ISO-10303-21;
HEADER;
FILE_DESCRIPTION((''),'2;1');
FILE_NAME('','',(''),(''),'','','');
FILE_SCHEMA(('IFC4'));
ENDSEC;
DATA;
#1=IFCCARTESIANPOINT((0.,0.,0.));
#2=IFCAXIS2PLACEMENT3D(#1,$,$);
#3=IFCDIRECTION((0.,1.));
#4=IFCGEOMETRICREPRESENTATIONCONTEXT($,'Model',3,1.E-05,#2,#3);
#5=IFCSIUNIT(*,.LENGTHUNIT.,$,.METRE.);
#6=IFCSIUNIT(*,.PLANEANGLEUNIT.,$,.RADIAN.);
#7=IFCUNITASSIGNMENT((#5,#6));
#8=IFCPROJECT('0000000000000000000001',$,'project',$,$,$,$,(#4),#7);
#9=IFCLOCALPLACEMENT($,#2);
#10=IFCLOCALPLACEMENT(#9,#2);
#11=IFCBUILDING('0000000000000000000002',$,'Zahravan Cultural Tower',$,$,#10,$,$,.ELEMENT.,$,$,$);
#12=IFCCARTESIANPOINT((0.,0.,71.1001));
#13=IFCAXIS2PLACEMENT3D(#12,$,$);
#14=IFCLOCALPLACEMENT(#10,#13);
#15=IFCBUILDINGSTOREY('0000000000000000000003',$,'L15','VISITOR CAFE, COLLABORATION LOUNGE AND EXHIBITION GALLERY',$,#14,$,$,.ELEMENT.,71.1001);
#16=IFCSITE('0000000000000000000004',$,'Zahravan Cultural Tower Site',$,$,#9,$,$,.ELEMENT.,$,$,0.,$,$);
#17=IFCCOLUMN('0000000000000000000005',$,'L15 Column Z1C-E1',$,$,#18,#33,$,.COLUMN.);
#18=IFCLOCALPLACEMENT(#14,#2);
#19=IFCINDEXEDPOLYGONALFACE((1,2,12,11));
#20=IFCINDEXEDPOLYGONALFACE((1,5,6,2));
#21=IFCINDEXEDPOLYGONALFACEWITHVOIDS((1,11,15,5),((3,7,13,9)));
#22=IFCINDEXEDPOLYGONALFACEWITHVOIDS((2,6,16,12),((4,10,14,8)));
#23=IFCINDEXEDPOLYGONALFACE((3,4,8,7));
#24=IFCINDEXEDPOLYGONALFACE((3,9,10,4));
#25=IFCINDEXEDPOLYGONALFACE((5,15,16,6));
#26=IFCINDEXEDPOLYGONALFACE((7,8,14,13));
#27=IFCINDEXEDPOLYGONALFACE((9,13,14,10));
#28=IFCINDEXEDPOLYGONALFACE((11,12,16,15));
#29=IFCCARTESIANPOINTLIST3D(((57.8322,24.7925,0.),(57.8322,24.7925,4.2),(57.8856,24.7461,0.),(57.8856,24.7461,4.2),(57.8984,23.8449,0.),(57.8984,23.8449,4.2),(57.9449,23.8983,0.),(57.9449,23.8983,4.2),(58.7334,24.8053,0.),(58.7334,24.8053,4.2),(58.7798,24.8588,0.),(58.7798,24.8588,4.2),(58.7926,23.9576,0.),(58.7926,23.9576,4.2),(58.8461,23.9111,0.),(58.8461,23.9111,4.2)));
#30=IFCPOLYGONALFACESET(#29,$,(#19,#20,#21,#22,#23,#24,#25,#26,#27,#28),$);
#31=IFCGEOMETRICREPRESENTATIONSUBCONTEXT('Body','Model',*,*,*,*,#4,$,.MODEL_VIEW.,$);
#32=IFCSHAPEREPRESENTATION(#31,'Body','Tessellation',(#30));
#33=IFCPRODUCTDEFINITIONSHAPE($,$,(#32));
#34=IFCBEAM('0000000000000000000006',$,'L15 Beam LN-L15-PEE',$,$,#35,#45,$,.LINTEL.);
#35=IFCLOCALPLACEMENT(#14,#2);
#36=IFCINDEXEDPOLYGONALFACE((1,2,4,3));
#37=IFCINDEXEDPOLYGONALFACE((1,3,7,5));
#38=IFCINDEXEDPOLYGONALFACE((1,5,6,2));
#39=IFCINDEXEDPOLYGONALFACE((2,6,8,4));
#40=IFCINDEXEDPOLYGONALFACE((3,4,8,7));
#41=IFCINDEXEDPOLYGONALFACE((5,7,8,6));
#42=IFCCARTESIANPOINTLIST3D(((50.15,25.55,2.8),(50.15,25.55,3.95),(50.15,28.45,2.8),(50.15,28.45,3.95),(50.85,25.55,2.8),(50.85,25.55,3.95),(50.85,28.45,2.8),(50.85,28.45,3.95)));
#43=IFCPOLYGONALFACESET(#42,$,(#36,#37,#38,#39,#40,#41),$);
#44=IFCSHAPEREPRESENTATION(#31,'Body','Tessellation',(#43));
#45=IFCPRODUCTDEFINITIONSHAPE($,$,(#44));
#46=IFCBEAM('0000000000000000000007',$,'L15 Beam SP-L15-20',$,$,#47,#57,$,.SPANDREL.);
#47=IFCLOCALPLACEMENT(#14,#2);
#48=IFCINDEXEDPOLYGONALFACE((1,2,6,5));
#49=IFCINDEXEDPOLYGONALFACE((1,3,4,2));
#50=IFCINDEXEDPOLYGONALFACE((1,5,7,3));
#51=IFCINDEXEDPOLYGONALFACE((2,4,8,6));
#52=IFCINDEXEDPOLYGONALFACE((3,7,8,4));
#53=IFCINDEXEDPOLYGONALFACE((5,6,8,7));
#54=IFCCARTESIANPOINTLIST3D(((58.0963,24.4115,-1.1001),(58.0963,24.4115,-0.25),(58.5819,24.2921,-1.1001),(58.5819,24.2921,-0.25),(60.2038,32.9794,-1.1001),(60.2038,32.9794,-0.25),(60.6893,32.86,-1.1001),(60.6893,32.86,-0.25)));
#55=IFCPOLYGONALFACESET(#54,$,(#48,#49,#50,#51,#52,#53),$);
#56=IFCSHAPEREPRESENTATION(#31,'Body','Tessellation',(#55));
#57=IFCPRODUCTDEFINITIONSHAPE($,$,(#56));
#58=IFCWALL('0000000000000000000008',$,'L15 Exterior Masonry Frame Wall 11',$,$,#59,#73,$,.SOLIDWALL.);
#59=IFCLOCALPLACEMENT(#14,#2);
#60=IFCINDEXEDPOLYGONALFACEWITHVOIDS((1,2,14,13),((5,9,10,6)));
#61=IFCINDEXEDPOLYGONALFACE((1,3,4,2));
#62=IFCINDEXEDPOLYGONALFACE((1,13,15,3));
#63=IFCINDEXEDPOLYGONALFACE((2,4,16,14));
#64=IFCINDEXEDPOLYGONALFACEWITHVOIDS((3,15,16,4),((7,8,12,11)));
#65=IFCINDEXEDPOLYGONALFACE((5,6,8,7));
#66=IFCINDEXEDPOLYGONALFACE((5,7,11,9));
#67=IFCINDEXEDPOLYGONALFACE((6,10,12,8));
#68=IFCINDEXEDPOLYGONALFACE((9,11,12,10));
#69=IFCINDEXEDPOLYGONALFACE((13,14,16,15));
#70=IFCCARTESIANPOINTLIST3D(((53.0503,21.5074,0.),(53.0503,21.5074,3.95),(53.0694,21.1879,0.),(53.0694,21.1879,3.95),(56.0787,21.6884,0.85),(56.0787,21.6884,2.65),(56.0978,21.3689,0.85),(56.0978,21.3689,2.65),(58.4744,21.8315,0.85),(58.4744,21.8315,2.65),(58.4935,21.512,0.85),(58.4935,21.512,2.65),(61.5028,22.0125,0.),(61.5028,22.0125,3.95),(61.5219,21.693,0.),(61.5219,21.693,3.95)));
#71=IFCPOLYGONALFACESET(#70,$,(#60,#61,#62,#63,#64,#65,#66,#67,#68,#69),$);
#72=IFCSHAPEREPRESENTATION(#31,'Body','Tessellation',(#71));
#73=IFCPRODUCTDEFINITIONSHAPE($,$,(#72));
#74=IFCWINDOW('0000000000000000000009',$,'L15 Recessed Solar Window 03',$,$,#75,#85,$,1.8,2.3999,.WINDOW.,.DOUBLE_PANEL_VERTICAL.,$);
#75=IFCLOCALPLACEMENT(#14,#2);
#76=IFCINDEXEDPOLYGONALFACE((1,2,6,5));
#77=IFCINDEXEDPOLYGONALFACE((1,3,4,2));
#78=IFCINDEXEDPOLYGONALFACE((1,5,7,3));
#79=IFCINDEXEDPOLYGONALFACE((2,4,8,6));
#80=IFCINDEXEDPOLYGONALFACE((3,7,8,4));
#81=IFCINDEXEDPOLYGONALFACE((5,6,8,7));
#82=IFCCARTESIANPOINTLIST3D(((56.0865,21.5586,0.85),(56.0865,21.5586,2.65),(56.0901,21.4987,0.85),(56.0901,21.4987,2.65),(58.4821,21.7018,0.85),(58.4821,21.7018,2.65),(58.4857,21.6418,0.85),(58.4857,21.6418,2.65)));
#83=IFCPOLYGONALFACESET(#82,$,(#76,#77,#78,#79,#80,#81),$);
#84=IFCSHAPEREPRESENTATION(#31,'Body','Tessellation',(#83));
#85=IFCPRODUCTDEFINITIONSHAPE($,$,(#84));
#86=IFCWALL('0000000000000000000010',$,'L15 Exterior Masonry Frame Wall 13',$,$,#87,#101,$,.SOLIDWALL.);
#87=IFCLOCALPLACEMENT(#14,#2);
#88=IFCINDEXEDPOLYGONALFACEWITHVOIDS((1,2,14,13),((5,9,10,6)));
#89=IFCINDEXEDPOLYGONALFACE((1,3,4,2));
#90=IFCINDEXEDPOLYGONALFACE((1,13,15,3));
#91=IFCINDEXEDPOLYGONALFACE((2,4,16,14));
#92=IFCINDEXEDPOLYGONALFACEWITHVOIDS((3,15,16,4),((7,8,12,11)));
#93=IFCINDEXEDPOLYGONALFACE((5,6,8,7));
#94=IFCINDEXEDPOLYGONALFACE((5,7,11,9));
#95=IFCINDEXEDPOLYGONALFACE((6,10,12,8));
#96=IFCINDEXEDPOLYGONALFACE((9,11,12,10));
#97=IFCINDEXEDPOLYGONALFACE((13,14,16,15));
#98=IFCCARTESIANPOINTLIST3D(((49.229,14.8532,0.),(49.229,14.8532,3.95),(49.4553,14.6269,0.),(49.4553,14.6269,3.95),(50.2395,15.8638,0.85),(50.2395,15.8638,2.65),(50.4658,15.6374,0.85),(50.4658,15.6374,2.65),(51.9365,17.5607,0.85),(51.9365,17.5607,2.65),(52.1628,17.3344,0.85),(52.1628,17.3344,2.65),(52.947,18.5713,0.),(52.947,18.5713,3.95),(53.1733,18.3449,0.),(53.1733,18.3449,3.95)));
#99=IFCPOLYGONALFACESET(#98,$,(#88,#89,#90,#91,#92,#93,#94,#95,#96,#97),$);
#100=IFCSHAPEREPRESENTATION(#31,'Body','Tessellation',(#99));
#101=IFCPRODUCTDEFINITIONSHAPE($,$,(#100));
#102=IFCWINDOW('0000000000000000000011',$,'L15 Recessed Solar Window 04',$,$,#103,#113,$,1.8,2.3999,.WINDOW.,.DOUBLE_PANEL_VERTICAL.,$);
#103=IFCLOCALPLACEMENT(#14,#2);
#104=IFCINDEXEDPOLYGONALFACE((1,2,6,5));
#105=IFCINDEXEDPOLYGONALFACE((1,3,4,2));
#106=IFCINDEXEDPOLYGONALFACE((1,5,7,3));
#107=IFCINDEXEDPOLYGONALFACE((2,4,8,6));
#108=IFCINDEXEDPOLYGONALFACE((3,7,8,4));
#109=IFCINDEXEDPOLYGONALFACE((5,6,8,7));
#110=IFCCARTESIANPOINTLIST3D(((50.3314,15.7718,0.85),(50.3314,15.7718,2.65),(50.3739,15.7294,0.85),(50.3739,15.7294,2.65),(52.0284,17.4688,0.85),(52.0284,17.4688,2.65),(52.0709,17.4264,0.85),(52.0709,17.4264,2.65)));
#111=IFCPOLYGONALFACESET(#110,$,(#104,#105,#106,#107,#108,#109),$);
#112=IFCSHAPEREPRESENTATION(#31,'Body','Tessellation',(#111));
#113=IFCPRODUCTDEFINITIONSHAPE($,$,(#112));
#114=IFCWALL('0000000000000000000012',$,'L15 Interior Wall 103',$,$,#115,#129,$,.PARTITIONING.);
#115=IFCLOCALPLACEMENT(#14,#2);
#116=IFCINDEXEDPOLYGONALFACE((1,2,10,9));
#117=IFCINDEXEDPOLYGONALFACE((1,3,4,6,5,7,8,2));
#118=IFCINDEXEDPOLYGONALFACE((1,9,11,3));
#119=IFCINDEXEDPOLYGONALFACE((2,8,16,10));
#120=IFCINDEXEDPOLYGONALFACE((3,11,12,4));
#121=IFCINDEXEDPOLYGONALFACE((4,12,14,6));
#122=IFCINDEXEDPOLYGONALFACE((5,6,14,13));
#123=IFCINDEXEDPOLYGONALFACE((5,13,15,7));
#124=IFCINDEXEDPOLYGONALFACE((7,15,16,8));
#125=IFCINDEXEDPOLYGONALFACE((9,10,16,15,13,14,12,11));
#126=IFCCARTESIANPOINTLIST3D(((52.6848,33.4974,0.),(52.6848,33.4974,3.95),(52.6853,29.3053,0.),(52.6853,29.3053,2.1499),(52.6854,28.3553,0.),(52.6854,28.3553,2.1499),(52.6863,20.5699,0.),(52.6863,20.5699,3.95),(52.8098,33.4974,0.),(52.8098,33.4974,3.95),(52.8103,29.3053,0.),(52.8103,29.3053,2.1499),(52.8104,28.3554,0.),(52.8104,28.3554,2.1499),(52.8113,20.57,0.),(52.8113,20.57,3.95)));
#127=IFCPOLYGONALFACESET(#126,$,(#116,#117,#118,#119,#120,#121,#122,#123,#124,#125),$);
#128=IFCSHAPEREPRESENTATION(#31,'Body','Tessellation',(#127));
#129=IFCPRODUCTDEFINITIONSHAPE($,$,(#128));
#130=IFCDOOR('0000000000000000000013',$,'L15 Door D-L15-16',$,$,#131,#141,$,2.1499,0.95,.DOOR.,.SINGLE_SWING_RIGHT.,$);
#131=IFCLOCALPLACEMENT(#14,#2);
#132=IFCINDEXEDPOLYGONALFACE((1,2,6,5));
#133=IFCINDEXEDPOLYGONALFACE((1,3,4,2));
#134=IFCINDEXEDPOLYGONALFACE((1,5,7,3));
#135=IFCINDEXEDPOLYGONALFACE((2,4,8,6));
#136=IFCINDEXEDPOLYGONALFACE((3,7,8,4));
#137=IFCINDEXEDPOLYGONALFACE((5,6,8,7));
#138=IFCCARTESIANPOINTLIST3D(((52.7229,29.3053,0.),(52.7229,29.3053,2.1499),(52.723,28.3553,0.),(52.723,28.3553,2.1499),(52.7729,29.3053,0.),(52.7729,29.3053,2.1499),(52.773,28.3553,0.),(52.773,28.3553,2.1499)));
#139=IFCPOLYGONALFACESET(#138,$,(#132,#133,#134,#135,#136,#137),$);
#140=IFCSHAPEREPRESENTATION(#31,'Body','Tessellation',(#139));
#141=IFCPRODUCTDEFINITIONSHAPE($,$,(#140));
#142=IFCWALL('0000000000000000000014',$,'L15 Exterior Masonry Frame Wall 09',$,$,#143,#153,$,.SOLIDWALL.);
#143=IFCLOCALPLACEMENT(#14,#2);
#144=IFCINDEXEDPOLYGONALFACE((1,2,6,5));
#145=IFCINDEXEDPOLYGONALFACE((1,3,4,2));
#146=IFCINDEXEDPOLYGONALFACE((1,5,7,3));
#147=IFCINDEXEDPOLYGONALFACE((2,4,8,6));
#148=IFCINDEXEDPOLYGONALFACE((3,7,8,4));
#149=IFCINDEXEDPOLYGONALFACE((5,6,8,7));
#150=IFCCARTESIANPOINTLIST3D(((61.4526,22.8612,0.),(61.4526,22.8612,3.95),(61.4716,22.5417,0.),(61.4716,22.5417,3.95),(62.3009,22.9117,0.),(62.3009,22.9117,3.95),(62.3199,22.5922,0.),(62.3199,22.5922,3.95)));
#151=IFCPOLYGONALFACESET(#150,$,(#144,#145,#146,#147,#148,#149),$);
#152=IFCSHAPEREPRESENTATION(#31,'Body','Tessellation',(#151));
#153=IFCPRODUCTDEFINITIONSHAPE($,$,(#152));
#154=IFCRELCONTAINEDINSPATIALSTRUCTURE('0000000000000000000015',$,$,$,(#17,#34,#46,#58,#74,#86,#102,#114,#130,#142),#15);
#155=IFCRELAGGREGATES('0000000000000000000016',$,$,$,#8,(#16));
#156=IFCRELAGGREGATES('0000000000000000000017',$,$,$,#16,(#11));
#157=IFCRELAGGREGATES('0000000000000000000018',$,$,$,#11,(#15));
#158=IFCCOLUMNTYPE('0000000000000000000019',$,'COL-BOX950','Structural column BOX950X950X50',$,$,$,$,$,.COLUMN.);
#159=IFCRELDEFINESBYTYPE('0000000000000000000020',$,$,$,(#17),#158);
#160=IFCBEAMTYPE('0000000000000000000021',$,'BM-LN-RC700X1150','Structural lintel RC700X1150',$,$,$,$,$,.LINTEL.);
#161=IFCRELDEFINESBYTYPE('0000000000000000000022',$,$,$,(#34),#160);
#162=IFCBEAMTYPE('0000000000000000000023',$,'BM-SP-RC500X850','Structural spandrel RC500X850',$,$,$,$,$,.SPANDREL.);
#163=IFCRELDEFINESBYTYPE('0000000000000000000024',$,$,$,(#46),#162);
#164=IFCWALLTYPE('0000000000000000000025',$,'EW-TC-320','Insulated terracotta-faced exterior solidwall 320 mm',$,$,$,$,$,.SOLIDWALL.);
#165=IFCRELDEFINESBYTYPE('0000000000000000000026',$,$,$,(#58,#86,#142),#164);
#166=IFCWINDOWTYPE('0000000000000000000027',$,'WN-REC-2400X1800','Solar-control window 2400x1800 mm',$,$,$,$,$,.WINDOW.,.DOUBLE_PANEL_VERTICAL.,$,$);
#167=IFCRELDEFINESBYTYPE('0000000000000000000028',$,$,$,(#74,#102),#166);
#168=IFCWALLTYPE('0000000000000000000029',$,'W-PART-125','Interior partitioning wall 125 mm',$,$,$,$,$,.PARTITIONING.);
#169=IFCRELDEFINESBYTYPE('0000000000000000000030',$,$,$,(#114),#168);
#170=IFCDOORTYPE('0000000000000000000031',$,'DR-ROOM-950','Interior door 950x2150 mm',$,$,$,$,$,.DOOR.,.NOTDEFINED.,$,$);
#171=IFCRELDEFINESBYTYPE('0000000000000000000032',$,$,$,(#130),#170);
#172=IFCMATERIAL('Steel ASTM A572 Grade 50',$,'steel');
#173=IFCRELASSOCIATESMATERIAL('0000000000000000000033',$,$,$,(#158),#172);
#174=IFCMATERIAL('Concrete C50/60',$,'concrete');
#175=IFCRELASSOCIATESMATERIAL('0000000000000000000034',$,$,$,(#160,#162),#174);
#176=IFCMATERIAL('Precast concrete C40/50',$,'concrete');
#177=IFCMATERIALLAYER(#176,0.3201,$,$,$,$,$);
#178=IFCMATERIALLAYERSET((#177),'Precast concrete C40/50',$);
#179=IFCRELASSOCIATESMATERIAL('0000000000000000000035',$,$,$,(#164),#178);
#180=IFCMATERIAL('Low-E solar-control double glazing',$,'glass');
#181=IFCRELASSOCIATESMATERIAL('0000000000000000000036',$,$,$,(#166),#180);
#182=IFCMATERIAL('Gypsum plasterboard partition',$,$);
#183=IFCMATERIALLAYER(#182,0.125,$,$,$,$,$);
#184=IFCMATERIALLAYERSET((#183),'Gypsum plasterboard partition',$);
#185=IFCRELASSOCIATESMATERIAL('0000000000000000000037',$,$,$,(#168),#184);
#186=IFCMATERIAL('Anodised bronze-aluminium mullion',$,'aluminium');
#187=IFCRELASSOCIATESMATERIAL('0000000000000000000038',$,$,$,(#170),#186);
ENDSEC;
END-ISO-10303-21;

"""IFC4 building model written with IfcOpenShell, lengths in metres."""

from ifc_helpers import new_model, si_unit, direction, frame, frame_2d, origin, origin_2d, place, context, subcontext, project, spatial, rectangle, hollow_rectangle, extrude, source, transform, mapped, material, layer, layer_set, material_profile, profile_set, type_object, element, fill, save


model = new_model("IFC4")

# Units and contexts
model_context = context("Model", 3, precision=1e-05, world=origin(), true_north=direction((0.0, 1.0)))
body_context = subcontext(model_context, "Body", "Model", "MODEL_VIEW")
ifc_project = project(units=[si_unit("LENGTHUNIT", "METRE"), si_unit("PLANEANGLEUNIT", "RADIAN")], contexts=[model_context])

# Site, building, storey
site_placement = place(None, origin())
site = spatial("IfcSite", under=ifc_project, at=site_placement, Name="Zahravan Cultural Tower Site", CompositionType="ELEMENT", RefElevation=0.0)
building_placement = place(site_placement, origin())
building = spatial("IfcBuilding", under=site, at=building_placement, Name="Zahravan Cultural Tower", CompositionType="ELEMENT")
storey_placement = place(building_placement, frame((0.0, 0.0, 71.1001)))
storey = spatial("IfcBuildingStorey", under=building, at=storey_placement, Name="L15", Description="VISITOR CAFE, COLLABORATION LOUNGE AND EXHIBITION GALLERY", CompositionType="ELEMENT", Elevation=71.1001)

# Column
ifc_material_1 = material(Name="Steel ASTM A572 Grade 50", Category="steel")
ifc_material_profile_1 = material_profile(ifc_material_1, hollow_rectangle(XDim=0.95, YDim=0.95, WallThickness=0.05, at=origin_2d()), Name="BOX950X950X50")
ifc_profile_set_1 = profile_set([ifc_material_profile_1], Name="Steel ASTM A572 Grade 50")
column_type = type_object("IfcColumnType", Name="COL-BOX950", Description="Structural column BOX950X950X50", PredefinedType="COLUMN", material=ifc_profile_set_1)
shared_shape_1 = source(origin(), body_context, "Body", "SweptSolid", [
    extrude(hollow_rectangle(XDim=0.95, YDim=0.95, WallThickness=0.05, at=origin_2d()), origin(), (0.0, 0.0, 1.0), 4.2),
])
column_placement = place(storey_placement, frame((58.3391, 24.3518, 0.0), z_axis=(0.0, 0.0, 1.0), x_axis=(0.997564, 0.069756, 0.0)))
element("IfcColumn", 1, at=column_placement, inside=storey, type_object=column_type, Name="L15 Column Z1C-E1", PredefinedType="COLUMN", context=body_context, shape_type="MappedRepresentation", body=[
    mapped(shared_shape_1, transform((0.0, 0.0, 0.0), x_axis=(1.0, 0.0, 0.0), y_axis=(0.0, 1.0, 0.0), z_axis=(0.0, 0.0, 1.0), scale=1.0)),
])

# Beams
ifc_material_2 = material(Name="Concrete C50/60", Category="concrete")
ifc_material_profile_2 = material_profile(ifc_material_2, rectangle(XDim=0.7, YDim=1.1499, at=origin_2d()), Name="RC700X1150")
ifc_profile_set_2 = profile_set([ifc_material_profile_2], Name="Concrete C50/60")
beam_type_1 = type_object("IfcBeamType", Name="BM-LN-RC700X1150", Description="Structural lintel RC700X1150", PredefinedType="LINTEL", material=ifc_profile_set_2)
shared_shape_2 = source(origin(), body_context, "Body", "SweptSolid", [
    extrude(rectangle(XDim=0.7, YDim=1.1499, at=origin_2d()), origin(), (0.0, 0.0, 1.0), 2.8999),
])
beam_1_placement = place(storey_placement, frame((50.5, 25.55, 3.375), z_axis=(0.0, 1.0, 0.0), x_axis=(-1.0, 0.0, 0.0)))
element("IfcBeam", 2, at=beam_1_placement, inside=storey, type_object=beam_type_1, Name="L15 Beam LN-L15-PEE", PredefinedType="LINTEL", context=body_context, shape_type="MappedRepresentation", body=[
    mapped(shared_shape_2, transform((0.0, 0.0, 0.0), x_axis=(1.0, 0.0, 0.0), y_axis=(0.0, 1.0, 0.0), z_axis=(0.0, 0.0, 1.0), scale=1.0)),
])
ifc_material_profile_3 = material_profile(ifc_material_2, rectangle(XDim=0.5, YDim=0.8501, at=origin_2d()), Name="RC500X850")
ifc_profile_set_3 = profile_set([ifc_material_profile_3], Name="Concrete C50/60")
beam_type_2 = type_object("IfcBeamType", Name="BM-SP-RC500X850", Description="Structural spandrel RC500X850", PredefinedType="SPANDREL", material=ifc_profile_set_3)
shared_shape_3 = source(origin(), body_context, "Body", "SweptSolid", [
    extrude(rectangle(XDim=0.5, YDim=0.8501, at=origin_2d()), origin(), (0.0, 0.0, 1.0), 8.8232),
])
beam_2_placement = place(storey_placement, frame((58.3391, 24.3518, -0.675), z_axis=(0.238849, 0.971057, 0.0), x_axis=(-0.971057, 0.238849, 0.0)))
element("IfcBeam", 3, at=beam_2_placement, inside=storey, type_object=beam_type_2, Name="L15 Beam SP-L15-20", PredefinedType="SPANDREL", context=body_context, shape_type="MappedRepresentation", body=[
    mapped(shared_shape_3, transform((0.0, 0.0, 0.0), x_axis=(1.0, 0.0, 0.0), y_axis=(0.0, 1.0, 0.0), z_axis=(0.0, 0.0, 1.0), scale=1.0)),
])

# Walls, openings, windows
ifc_material_3 = material(Name="Precast concrete C40/50", Category="concrete")
ifc_layer_1 = layer(ifc_material_3, 0.3201)
ifc_layer_set_1 = layer_set([ifc_layer_1], Name="Precast concrete C40/50")
wall_type_1 = type_object("IfcWallType", Name="EW-TC-320", Description="Insulated terracotta-faced exterior solidwall 320 mm", PredefinedType="SOLIDWALL", material=ifc_layer_set_1)
wall_1_placement = place(storey_placement, frame((61.5125, 21.8528, 0.0), z_axis=(0.0, 0.0, 1.0), x_axis=(-0.998219, -0.059655, 0.0)))
wall_1 = element("IfcWall", 4, at=wall_1_placement, inside=storey, type_object=wall_type_1, Name="L15 Exterior Masonry Frame Wall 11", PredefinedType="SOLIDWALL", context=body_context, shape_type="SweptSolid", body=[
    extrude(rectangle(XDim=8.4675, YDim=0.3201, at=frame_2d((4.2339, 0.0))), origin(), (0.0, 0.0, 1.0), 3.95),
])
opening_1_placement = place(wall_1_placement, frame((3.0339, 0.0, 0.8501)))
opening_1 = element("IfcOpeningElement", 5, at=opening_1_placement, cuts=wall_1, PredefinedType="OPENING", context=body_context, shape_type="SweptSolid", body=[
    extrude(rectangle(XDim=2.3999, YDim=1.8, at=frame_2d((1.2, 0.8999))), frame((0.0, 0.1699, 0.0), z_axis=(0.0, -1.0, 0.0), x_axis=(1.0, 0.0, 0.0)), (0.0, 0.0, 1.0), 0.3401),
])
ifc_material_4 = material(Name="Low-E solar-control double glazing", Category="glass")
window_type = type_object("IfcWindowType", Name="WN-REC-2400X1800", Description="Solar-control window 2400x1800 mm", PartitioningType="DOUBLE_PANEL_VERTICAL", PredefinedType="WINDOW", material=ifc_material_4)
shared_shape_4 = source(origin(), body_context, "Body", "SweptSolid", [
    extrude(rectangle(XDim=2.3999, YDim=1.8, at=frame_2d((1.2, 0.8999))), frame((0.0, 0.03, 0.0), z_axis=(0.0, -1.0, 0.0), x_axis=(1.0, 0.0, 0.0)), (0.0, 0.0, 1.0), 0.0601),
])
window_1_placement = place(opening_1_placement, origin())
window_1 = element("IfcWindow", 6, at=window_1_placement, inside=storey, type_object=window_type, Name="L15 Recessed Solar Window 03", OverallHeight=1.8, OverallWidth=2.3999, PartitioningType="DOUBLE_PANEL_VERTICAL", PredefinedType="WINDOW", context=body_context, shape_type="MappedRepresentation", body=[
    mapped(shared_shape_4, transform((0.0, 0.0, 0.0), x_axis=(1.0, 0.0, 0.0), y_axis=(0.0, 1.0, 0.0), z_axis=(0.0, 0.0, 1.0), scale=1.0)),
])
fill(opening_1, window_1)
wall_2_placement = place(storey_placement, frame((53.0601, 18.458, 0.0), z_axis=(0.0, 0.0, 1.0), x_axis=(-0.707107, -0.707107, 0.0)))
wall_2 = element("IfcWall", 7, at=wall_2_placement, inside=storey, type_object=wall_type_1, Name="L15 Exterior Masonry Frame Wall 13", PredefinedType="SOLIDWALL", context=body_context, shape_type="SweptSolid", body=[
    extrude(rectangle(XDim=5.2581, YDim=0.3201, at=frame_2d((2.6289, 0.0))), origin(), (0.0, 0.0, 1.0), 3.95),
])
opening_2_placement = place(wall_2_placement, frame((1.429, 0.0, 0.8501)))
opening_2 = element("IfcOpeningElement", 8, at=opening_2_placement, cuts=wall_2, PredefinedType="OPENING", context=body_context, shape_type="SweptSolid", body=[
    extrude(rectangle(XDim=2.3999, YDim=1.8, at=frame_2d((1.2, 0.8999))), frame((0.0, 0.1699, 0.0), z_axis=(0.0, -1.0, 0.0), x_axis=(1.0, 0.0, 0.0)), (0.0, 0.0, 1.0), 0.3401),
])
window_2_placement = place(opening_2_placement, origin())
window_2 = element("IfcWindow", 9, at=window_2_placement, inside=storey, type_object=window_type, Name="L15 Recessed Solar Window 04", OverallHeight=1.8, OverallWidth=2.3999, PartitioningType="DOUBLE_PANEL_VERTICAL", PredefinedType="WINDOW", context=body_context, shape_type="MappedRepresentation", body=[
    mapped(shared_shape_4, transform((0.0, 0.0, 0.0), x_axis=(1.0, 0.0, 0.0), y_axis=(0.0, 1.0, 0.0), z_axis=(0.0, 0.0, 1.0), scale=1.0)),
])
fill(opening_2, window_2)

# Wall, opening, door
ifc_material_5 = material(Name="Gypsum plasterboard partition")
ifc_layer_2 = layer(ifc_material_5, 0.125)
ifc_layer_set_2 = layer_set([ifc_layer_2], Name="Gypsum plasterboard partition")
wall_type_2 = type_object("IfcWallType", Name="W-PART-125", Description="Interior partitioning wall 125 mm", PredefinedType="PARTITIONING", material=ifc_layer_set_2)
wall_3_placement = place(storey_placement, frame((52.7488, 20.5698, 0.0), z_axis=(0.0, 0.0, 1.0), x_axis=(-0.000113, 1.0, 0.0)))
wall_3 = element("IfcWall", 10, at=wall_3_placement, inside=storey, type_object=wall_type_2, Name="L15 Interior Wall 103", PredefinedType="PARTITIONING", context=body_context, shape_type="SweptSolid", body=[
    extrude(rectangle(XDim=12.9275, YDim=0.125, at=frame_2d((6.4639, 0.0))), origin(), (0.0, 0.0, 1.0), 3.95),
])
opening_3_placement = place(wall_3_placement, frame((7.7854, 0.0, 0.0)))
opening_3 = element("IfcOpeningElement", 11, at=opening_3_placement, cuts=wall_3, PredefinedType="OPENING", context=body_context, shape_type="SweptSolid", body=[
    extrude(rectangle(XDim=0.95, YDim=2.1499, at=frame_2d((0.4751, 1.075))), frame((0.0, 0.0725, 0.0), z_axis=(0.0, -1.0, 0.0), x_axis=(1.0, 0.0, 0.0)), (0.0, 0.0, 1.0), 0.145),
])
ifc_material_6 = material(Name="Anodised bronze-aluminium mullion", Category="aluminium")
door_type = type_object("IfcDoorType", Name="DR-ROOM-950", Description="Interior door 950x2150 mm", OperationType="NOTDEFINED", PredefinedType="DOOR", material=ifc_material_6)
shared_shape_5 = source(origin(), body_context, "Body", "SweptSolid", [
    extrude(rectangle(XDim=0.95, YDim=2.1499, at=frame_2d((0.4751, 1.075))), frame((0.0, 0.0249, 0.0), z_axis=(0.0, -1.0, 0.0), x_axis=(1.0, 0.0, 0.0)), (0.0, 0.0, 1.0), 0.05),
])
door_placement = place(opening_3_placement, origin())
door = element("IfcDoor", 12, at=door_placement, inside=storey, type_object=door_type, Name="L15 Door D-L15-16", OperationType="SINGLE_SWING_RIGHT", OverallHeight=2.1499, OverallWidth=0.95, PredefinedType="DOOR", context=body_context, shape_type="MappedRepresentation", body=[
    mapped(shared_shape_5, transform((0.0, 0.0, 0.0), x_axis=(1.0, 0.0, 0.0), y_axis=(0.0, 1.0, 0.0), z_axis=(0.0, 0.0, 1.0), scale=1.0)),
])
fill(opening_3, door)

# Wall
shared_shape_6 = source(origin(), body_context, "Body", "SweptSolid", [
    extrude(rectangle(XDim=0.8499, YDim=0.3201, at=frame_2d((0.4248, 0.0))), origin(), (0.0, 0.0, 1.0), 3.95),
])
wall_4_placement = place(storey_placement, frame((62.3103, 22.752, 0.0), z_axis=(0.0, 0.0, 1.0), x_axis=(-0.998231, -0.059463, 0.0)))
element("IfcWall", 13, at=wall_4_placement, inside=storey, type_object=wall_type_1, Name="L15 Exterior Masonry Frame Wall 09", PredefinedType="SOLIDWALL", context=body_context, shape_type="MappedRepresentation", body=[
    mapped(shared_shape_6, transform((0.0, 0.0, 0.0), x_axis=(1.0, 0.0, 0.0), y_axis=(0.0, 1.0, 0.0), z_axis=(0.0, 0.0, 1.0), scale=1.0)),
])

save(model, "model.ifc")
